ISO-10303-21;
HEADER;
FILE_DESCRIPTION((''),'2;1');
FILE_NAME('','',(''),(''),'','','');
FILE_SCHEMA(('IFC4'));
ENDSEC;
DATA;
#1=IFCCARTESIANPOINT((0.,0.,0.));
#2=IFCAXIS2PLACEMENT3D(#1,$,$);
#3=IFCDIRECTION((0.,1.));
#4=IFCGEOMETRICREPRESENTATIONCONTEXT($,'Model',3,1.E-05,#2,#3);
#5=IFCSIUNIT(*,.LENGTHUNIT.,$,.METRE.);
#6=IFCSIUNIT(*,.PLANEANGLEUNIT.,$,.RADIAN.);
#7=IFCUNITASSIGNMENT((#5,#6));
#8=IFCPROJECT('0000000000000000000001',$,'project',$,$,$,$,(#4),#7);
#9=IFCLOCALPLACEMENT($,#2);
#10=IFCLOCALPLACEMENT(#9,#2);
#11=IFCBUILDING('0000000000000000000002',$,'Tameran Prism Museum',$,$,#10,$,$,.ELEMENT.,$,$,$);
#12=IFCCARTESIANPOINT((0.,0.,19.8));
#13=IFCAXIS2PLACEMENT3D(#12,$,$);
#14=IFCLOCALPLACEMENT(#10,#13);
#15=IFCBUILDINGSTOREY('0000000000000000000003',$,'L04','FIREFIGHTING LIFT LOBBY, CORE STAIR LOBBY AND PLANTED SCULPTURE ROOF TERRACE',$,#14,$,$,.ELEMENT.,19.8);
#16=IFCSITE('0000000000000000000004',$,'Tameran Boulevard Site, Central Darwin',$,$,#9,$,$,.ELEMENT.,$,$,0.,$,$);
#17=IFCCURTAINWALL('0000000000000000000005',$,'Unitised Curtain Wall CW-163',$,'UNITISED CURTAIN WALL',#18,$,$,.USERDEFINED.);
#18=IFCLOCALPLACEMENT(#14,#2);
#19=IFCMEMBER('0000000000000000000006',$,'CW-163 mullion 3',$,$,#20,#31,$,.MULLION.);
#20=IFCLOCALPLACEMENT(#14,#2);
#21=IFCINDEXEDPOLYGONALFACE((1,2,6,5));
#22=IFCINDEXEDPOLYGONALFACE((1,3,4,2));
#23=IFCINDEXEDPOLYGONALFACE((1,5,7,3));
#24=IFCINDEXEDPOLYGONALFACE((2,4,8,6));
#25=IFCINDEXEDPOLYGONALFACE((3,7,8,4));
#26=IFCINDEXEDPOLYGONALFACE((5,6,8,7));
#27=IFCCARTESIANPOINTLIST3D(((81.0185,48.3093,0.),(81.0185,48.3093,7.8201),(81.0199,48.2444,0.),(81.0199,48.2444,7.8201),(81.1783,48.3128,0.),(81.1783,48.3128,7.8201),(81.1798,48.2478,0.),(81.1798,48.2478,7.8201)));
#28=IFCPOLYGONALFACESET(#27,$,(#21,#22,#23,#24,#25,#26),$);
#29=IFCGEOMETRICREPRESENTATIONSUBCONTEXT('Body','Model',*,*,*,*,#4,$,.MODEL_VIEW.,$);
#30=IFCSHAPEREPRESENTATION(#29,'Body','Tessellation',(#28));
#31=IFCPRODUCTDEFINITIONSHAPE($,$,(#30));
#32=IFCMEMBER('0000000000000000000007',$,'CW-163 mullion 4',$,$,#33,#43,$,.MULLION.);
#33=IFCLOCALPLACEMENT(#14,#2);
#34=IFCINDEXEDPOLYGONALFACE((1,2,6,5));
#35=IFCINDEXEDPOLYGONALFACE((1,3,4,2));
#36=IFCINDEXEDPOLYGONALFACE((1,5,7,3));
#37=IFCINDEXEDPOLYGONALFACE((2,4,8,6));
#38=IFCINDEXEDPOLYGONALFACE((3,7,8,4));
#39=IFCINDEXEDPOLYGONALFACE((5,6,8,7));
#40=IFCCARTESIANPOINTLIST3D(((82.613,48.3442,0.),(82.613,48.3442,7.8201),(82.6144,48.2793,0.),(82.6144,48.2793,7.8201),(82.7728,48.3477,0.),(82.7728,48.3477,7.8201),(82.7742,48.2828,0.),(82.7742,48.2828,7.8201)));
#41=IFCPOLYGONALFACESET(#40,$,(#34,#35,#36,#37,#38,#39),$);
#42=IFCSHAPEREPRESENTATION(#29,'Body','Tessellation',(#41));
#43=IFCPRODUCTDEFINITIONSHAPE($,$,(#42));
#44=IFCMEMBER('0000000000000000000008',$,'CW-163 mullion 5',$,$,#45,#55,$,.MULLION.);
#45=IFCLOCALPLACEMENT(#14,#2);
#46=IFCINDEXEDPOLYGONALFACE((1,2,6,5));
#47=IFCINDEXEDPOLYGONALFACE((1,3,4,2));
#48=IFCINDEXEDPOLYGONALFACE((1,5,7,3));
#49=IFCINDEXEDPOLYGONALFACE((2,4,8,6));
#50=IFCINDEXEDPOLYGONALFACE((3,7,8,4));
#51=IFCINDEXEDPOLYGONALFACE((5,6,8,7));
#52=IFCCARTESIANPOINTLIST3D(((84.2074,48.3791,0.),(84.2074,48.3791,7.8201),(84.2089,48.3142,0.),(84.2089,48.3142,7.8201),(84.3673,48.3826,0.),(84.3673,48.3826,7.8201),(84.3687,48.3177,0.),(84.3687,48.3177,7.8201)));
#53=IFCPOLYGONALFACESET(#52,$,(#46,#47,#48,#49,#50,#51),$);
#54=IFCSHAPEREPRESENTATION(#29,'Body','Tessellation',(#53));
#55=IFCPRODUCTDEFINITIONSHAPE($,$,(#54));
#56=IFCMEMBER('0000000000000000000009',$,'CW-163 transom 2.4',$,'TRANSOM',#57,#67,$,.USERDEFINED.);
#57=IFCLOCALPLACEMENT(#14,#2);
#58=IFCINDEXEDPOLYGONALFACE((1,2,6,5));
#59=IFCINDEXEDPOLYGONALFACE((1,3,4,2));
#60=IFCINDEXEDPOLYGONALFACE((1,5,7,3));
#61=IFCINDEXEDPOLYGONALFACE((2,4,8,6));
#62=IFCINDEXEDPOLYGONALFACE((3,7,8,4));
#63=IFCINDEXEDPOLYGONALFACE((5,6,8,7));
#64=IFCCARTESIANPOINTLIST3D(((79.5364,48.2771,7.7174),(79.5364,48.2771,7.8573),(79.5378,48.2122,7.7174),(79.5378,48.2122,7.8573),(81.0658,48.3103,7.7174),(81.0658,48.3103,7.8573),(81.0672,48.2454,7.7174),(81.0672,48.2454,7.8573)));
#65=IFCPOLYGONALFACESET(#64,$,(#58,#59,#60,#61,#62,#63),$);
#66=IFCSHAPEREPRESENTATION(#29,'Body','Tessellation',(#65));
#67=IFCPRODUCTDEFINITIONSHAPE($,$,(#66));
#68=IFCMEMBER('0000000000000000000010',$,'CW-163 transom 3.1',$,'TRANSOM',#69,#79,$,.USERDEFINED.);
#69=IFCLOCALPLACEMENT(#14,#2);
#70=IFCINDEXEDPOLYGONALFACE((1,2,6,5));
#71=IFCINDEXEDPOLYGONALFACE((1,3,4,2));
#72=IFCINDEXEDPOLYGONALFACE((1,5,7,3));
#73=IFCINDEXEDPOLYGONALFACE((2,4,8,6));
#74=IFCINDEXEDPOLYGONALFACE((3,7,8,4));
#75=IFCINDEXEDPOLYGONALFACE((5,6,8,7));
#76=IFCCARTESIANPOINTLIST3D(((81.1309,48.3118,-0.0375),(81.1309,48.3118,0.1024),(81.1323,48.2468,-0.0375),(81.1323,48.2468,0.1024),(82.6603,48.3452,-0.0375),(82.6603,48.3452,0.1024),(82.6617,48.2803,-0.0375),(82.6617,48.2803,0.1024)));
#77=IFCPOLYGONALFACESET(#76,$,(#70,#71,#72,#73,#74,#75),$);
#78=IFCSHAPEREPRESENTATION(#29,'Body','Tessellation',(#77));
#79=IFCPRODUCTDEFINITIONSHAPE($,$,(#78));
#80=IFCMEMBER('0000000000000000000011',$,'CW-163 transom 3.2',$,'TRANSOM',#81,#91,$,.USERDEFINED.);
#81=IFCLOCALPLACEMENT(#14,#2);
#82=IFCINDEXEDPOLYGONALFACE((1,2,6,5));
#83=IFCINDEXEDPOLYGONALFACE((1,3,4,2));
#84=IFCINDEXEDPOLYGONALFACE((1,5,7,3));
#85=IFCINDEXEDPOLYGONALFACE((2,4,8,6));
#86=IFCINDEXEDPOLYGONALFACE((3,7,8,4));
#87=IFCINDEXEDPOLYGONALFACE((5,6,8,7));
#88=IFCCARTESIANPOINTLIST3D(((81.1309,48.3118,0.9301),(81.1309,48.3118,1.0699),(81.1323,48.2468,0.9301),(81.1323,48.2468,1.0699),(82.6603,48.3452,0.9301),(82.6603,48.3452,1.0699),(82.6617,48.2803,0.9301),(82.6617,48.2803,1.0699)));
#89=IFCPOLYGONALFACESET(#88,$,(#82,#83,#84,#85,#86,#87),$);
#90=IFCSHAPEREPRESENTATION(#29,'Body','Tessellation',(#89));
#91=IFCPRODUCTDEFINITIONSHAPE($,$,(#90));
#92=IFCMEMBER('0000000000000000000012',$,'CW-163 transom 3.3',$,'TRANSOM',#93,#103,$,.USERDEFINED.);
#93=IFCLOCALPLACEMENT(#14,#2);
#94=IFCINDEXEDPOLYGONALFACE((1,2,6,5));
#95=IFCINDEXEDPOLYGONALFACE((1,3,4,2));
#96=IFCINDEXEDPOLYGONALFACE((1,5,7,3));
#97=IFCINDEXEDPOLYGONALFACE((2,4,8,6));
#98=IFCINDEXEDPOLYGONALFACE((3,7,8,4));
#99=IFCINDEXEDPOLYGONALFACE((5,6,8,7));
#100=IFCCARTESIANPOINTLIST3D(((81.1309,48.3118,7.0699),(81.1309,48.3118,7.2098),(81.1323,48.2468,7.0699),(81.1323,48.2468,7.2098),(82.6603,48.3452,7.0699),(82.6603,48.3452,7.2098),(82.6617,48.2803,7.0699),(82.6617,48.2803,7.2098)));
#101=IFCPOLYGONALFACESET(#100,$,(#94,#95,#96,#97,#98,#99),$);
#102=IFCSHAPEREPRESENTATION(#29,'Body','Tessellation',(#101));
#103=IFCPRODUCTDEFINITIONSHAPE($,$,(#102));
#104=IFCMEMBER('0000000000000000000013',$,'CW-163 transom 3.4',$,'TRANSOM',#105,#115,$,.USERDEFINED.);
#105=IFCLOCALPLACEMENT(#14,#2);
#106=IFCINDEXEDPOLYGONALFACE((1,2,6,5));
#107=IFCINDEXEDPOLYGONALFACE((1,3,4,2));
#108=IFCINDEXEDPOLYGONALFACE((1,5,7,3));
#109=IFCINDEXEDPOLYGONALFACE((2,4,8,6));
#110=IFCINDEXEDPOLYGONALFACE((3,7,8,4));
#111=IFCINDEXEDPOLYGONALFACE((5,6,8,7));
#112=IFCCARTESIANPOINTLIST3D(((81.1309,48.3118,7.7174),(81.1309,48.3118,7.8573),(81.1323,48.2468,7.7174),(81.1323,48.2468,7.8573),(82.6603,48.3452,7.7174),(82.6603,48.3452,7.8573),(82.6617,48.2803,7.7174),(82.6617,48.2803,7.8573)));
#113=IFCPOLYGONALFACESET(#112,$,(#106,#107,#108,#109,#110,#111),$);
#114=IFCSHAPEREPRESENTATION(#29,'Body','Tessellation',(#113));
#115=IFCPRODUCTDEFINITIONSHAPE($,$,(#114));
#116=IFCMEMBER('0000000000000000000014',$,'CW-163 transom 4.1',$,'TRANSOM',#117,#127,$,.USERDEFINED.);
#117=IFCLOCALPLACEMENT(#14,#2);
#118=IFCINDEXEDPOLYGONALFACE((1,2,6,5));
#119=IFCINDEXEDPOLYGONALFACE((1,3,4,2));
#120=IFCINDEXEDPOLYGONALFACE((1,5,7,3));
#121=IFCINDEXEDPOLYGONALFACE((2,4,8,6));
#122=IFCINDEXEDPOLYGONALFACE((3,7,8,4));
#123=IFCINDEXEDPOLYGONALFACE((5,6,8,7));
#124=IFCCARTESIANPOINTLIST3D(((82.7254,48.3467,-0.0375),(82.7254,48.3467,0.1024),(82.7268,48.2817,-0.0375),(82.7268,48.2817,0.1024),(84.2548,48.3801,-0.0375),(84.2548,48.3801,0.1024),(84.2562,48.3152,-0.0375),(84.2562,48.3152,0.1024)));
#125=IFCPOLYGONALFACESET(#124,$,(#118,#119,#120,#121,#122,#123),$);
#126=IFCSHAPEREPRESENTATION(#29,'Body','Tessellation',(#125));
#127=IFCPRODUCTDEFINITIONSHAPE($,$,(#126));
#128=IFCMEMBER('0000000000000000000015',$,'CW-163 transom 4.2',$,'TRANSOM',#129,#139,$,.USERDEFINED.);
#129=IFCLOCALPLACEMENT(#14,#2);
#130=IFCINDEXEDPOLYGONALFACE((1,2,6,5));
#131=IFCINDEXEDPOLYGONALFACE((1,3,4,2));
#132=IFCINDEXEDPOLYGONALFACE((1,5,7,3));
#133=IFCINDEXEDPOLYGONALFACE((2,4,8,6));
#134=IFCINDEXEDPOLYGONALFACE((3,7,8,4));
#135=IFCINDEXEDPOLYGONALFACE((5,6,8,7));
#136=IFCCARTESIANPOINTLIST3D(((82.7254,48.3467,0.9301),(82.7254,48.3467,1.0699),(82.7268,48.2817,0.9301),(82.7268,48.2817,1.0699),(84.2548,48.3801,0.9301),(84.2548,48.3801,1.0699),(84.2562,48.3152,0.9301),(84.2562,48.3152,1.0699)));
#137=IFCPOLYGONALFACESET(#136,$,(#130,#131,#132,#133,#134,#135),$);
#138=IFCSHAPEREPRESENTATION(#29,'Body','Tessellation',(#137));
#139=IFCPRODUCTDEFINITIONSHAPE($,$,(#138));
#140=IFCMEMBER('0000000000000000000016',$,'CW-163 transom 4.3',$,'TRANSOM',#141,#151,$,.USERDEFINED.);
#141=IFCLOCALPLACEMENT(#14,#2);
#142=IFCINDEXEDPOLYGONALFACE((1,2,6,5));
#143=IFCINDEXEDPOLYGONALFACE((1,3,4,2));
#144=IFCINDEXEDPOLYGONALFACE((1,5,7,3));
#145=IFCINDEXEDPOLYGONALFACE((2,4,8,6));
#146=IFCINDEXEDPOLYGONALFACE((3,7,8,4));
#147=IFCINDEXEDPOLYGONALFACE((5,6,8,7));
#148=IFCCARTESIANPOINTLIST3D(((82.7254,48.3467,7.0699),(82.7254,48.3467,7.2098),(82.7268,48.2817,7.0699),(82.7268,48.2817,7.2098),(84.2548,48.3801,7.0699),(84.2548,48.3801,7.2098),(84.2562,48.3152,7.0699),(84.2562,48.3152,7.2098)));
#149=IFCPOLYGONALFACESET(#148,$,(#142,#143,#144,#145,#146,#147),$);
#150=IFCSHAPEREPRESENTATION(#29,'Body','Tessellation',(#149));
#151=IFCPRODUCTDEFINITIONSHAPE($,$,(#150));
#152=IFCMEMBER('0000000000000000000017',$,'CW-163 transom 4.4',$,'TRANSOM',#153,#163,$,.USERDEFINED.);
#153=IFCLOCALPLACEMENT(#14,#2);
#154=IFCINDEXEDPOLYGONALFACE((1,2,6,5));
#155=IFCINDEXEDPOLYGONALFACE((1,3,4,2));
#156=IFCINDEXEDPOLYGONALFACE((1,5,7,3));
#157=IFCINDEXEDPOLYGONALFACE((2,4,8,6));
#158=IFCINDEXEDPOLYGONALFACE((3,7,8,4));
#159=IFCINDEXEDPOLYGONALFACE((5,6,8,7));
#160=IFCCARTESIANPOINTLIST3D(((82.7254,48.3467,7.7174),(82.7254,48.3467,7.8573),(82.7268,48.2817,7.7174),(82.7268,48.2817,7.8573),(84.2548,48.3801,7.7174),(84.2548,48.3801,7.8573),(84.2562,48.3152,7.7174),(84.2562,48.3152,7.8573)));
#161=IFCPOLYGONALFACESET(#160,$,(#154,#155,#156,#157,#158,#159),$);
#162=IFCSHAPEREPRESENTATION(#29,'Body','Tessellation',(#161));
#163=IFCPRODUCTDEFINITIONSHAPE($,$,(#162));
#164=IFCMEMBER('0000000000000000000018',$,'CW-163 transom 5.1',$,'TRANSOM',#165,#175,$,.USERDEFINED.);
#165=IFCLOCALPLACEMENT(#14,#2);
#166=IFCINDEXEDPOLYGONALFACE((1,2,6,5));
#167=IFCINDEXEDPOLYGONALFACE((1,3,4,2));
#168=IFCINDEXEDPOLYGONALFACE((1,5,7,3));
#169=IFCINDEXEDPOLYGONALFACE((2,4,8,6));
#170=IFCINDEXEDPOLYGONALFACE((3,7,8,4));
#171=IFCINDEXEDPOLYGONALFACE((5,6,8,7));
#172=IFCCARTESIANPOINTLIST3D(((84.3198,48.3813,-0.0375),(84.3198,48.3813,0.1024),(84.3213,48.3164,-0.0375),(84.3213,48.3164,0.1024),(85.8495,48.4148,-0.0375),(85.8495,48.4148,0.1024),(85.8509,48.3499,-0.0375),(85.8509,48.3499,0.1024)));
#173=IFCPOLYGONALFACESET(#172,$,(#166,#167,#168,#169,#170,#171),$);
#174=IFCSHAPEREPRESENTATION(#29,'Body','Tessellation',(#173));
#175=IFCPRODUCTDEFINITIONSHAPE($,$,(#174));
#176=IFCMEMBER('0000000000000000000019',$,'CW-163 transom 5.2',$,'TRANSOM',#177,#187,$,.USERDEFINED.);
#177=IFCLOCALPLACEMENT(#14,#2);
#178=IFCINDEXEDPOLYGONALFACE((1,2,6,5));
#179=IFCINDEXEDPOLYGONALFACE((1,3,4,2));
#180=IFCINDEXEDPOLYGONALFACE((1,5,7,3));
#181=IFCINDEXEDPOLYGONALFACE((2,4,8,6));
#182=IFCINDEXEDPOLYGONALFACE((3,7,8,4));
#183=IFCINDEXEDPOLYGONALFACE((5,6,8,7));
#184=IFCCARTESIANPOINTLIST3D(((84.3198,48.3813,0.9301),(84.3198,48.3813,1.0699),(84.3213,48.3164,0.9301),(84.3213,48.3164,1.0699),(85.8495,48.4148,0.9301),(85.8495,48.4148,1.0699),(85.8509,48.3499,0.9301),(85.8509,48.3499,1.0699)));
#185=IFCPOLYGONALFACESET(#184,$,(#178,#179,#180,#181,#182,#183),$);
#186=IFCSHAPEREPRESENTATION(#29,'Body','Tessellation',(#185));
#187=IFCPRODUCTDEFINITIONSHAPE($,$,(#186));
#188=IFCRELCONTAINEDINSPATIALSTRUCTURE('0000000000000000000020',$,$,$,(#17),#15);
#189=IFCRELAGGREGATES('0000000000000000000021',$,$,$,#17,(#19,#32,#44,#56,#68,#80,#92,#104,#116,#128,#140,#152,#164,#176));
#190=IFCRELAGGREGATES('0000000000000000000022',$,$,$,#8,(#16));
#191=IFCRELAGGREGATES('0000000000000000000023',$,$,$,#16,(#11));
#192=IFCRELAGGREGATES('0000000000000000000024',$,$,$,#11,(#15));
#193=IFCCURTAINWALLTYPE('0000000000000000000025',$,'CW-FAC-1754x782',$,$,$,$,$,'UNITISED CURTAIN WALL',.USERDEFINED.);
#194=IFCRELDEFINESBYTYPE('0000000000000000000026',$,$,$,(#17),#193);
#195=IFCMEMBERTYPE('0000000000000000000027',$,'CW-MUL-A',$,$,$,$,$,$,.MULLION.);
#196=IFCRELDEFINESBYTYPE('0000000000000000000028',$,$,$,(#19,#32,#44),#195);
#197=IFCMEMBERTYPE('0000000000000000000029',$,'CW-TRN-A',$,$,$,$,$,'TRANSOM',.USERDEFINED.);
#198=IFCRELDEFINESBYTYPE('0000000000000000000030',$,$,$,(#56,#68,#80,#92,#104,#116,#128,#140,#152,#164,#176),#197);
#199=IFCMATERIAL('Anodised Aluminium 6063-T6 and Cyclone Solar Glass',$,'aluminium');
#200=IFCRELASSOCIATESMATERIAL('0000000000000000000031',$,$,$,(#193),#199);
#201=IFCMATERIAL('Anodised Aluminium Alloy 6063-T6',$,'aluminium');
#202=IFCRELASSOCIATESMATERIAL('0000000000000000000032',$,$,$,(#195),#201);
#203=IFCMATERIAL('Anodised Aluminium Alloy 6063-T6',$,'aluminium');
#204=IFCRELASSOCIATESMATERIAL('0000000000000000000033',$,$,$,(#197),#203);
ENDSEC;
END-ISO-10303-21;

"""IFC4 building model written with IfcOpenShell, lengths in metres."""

from ifc_helpers import new_model, si_unit, direction, frame, origin, origin_2d, place, context, subcontext, project, spatial, rectangle, extrude, material, material_profile, profile_set, type_object, element, aggregate, save


model = new_model("IFC4")

# Units and contexts
model_context = context("Model", 3, precision=1e-05, world=origin(), true_north=direction((0.0, 1.0)))
body_context = subcontext(model_context, "Body", "Model", "MODEL_VIEW")
ifc_project = project(units=[si_unit("LENGTHUNIT", "METRE"), si_unit("PLANEANGLEUNIT", "RADIAN")], contexts=[model_context])

# Site, building, storey
site_placement = place(None, origin())
site = spatial("IfcSite", under=ifc_project, at=site_placement, Name="Tameran Boulevard Site, Central Darwin", CompositionType="ELEMENT", RefElevation=0.0)
building_placement = place(site_placement, origin())
building = spatial("IfcBuilding", under=site, at=building_placement, Name="Tameran Prism Museum", CompositionType="ELEMENT")
storey_placement = place(building_placement, frame((0.0, 0.0, 19.8)))
storey = spatial("IfcBuildingStorey", under=building, at=storey_placement, Name="L04", Description="FIREFIGHTING LIFT LOBBY, CORE STAIR LOBBY AND PLANTED SCULPTURE ROOF TERRACE", CompositionType="ELEMENT", Elevation=19.8)

# Curtain wall, members
ifc_material_1 = material(Name="Anodised Aluminium 6063-T6 and Cyclone Solar Glass", Category="aluminium")
curtain_wall_type = type_object("IfcCurtainWallType", Name="CW-FAC-1754x782", ElementType="UNITISED CURTAIN WALL", PredefinedType="USERDEFINED", material=ifc_material_1)
curtain_wall_placement = place(storey_placement, origin())
curtain_wall = element("IfcCurtainWall", 1, at=curtain_wall_placement, inside=storey, type_object=curtain_wall_type, Name="Unitised Curtain Wall CW-163", ObjectType="UNITISED CURTAIN WALL", PredefinedType="USERDEFINED")
ifc_material_2 = material(Name="Anodised Aluminium Alloy 6063-T6", Category="aluminium")
ifc_material_profile_1 = material_profile(ifc_material_2, rectangle(XDim=0.0649, YDim=0.1599, at=origin_2d()))
ifc_profile_set_1 = profile_set([ifc_material_profile_1])
member_type_1 = type_object("IfcMemberType", Name="CW-MUL-A", PredefinedType="MULLION", material=ifc_profile_set_1)
member_1_placement = place(storey_placement, frame((81.0991, 48.2786, 0.0), z_axis=(0.0, 0.0, 1.0), x_axis=(-0.021831, 0.999762, 0.0)))
member_1 = element("IfcMember", 2, at=member_1_placement, type_object=member_type_1, Name="CW-163 mullion 3", PredefinedType="MULLION", context=body_context, shape_type="SweptSolid", body=[
    extrude(rectangle(XDim=0.0649, YDim=0.1599, at=origin_2d()), origin(), (0.0, 0.0, 1.0), 7.8201),
])
member_2_placement = place(storey_placement, frame((82.6936, 48.3135, 0.0), z_axis=(0.0, 0.0, 1.0), x_axis=(-0.021831, 0.999762, 0.0)))
member_2 = element("IfcMember", 3, at=member_2_placement, type_object=member_type_1, Name="CW-163 mullion 4", PredefinedType="MULLION", context=body_context, shape_type="SweptSolid", body=[
    extrude(rectangle(XDim=0.0649, YDim=0.1599, at=origin_2d()), origin(), (0.0, 0.0, 1.0), 7.8201),
])
member_3_placement = place(storey_placement, frame((84.2881, 48.3484, 0.0), z_axis=(0.0, 0.0, 1.0), x_axis=(-0.021831, 0.999762, 0.0)))
member_3 = element("IfcMember", 4, at=member_3_placement, type_object=member_type_1, Name="CW-163 mullion 5", PredefinedType="MULLION", context=body_context, shape_type="SweptSolid", body=[
    extrude(rectangle(XDim=0.0649, YDim=0.1599, at=origin_2d()), origin(), (0.0, 0.0, 1.0), 7.8201),
])
ifc_material_3 = material(Name="Anodised Aluminium Alloy 6063-T6", Category="aluminium")
ifc_material_profile_2 = material_profile(ifc_material_3, rectangle(XDim=0.0649, YDim=0.1399, at=origin_2d()))
ifc_profile_set_2 = profile_set([ifc_material_profile_2])
member_type_2 = type_object("IfcMemberType", Name="CW-TRN-A", ElementType="TRANSOM", PredefinedType="USERDEFINED", material=ifc_profile_set_2)
member_4_placement = place(storey_placement, frame((79.5371, 48.2446, 7.7874), z_axis=(0.999764, 0.021703, 0.0), x_axis=(-0.021703, 0.999764, 0.0)))
member_4 = element("IfcMember", 5, at=member_4_placement, type_object=member_type_2, Name="CW-163 transom 2.4", ObjectType="TRANSOM", PredefinedType="USERDEFINED", context=body_context, shape_type="SweptSolid", body=[
    extrude(rectangle(XDim=0.0649, YDim=0.1399, at=origin_2d()), origin(), (0.0, 0.0, 1.0), 1.5298),
])
member_5_placement = place(storey_placement, frame((81.1316, 48.2793, 0.0325), z_axis=(0.999761, 0.021862, 0.0), x_axis=(-0.021862, 0.999761, 0.0)))
member_5 = element("IfcMember", 6, at=member_5_placement, type_object=member_type_2, Name="CW-163 transom 3.1", ObjectType="TRANSOM", PredefinedType="USERDEFINED", context=body_context, shape_type="SweptSolid", body=[
    extrude(rectangle(XDim=0.0649, YDim=0.1399, at=origin_2d()), origin(), (0.0, 0.0, 1.0), 1.5298),
])
member_6_placement = place(storey_placement, frame((81.1316, 48.2793, 1.0), z_axis=(0.999761, 0.021862, 0.0), x_axis=(-0.021862, 0.999761, 0.0)))
member_6 = element("IfcMember", 7, at=member_6_placement, type_object=member_type_2, Name="CW-163 transom 3.2", ObjectType="TRANSOM", PredefinedType="USERDEFINED", context=body_context, shape_type="SweptSolid", body=[
    extrude(rectangle(XDim=0.0649, YDim=0.1399, at=origin_2d()), origin(), (0.0, 0.0, 1.0), 1.5298),
])
member_7_placement = place(storey_placement, frame((81.1316, 48.2793, 7.1399), z_axis=(0.999761, 0.021862, 0.0), x_axis=(-0.021862, 0.999761, 0.0)))
member_7 = element("IfcMember", 8, at=member_7_placement, type_object=member_type_2, Name="CW-163 transom 3.3", ObjectType="TRANSOM", PredefinedType="USERDEFINED", context=body_context, shape_type="SweptSolid", body=[
    extrude(rectangle(XDim=0.0649, YDim=0.1399, at=origin_2d()), origin(), (0.0, 0.0, 1.0), 1.5298),
])
member_8_placement = place(storey_placement, frame((81.1316, 48.2793, 7.7874), z_axis=(0.999761, 0.021862, 0.0), x_axis=(-0.021862, 0.999761, 0.0)))
member_8 = element("IfcMember", 9, at=member_8_placement, type_object=member_type_2, Name="CW-163 transom 3.4", ObjectType="TRANSOM", PredefinedType="USERDEFINED", context=body_context, shape_type="SweptSolid", body=[
    extrude(rectangle(XDim=0.0649, YDim=0.1399, at=origin_2d()), origin(), (0.0, 0.0, 1.0), 1.5298),
])
member_9_placement = place(storey_placement, frame((82.7261, 48.3142, 0.0325), z_axis=(0.999761, 0.021862, 0.0), x_axis=(-0.021862, 0.999761, 0.0)))
member_9 = element("IfcMember", 10, at=member_9_placement, type_object=member_type_2, Name="CW-163 transom 4.1", ObjectType="TRANSOM", PredefinedType="USERDEFINED", context=body_context, shape_type="SweptSolid", body=[
    extrude(rectangle(XDim=0.0649, YDim=0.1399, at=origin_2d()), origin(), (0.0, 0.0, 1.0), 1.5298),
])
member_10_placement = place(storey_placement, frame((82.7261, 48.3142, 1.0), z_axis=(0.999761, 0.021862, 0.0), x_axis=(-0.021862, 0.999761, 0.0)))
member_10 = element("IfcMember", 11, at=member_10_placement, type_object=member_type_2, Name="CW-163 transom 4.2", ObjectType="TRANSOM", PredefinedType="USERDEFINED", context=body_context, shape_type="SweptSolid", body=[
    extrude(rectangle(XDim=0.0649, YDim=0.1399, at=origin_2d()), origin(), (0.0, 0.0, 1.0), 1.5298),
])
member_11_placement = place(storey_placement, frame((82.7261, 48.3142, 7.1399), z_axis=(0.999761, 0.021862, 0.0), x_axis=(-0.021862, 0.999761, 0.0)))
member_11 = element("IfcMember", 12, at=member_11_placement, type_object=member_type_2, Name="CW-163 transom 4.3", ObjectType="TRANSOM", PredefinedType="USERDEFINED", context=body_context, shape_type="SweptSolid", body=[
    extrude(rectangle(XDim=0.0649, YDim=0.1399, at=origin_2d()), origin(), (0.0, 0.0, 1.0), 1.5298),
])
member_12_placement = place(storey_placement, frame((82.7261, 48.3142, 7.7874), z_axis=(0.999761, 0.021862, 0.0), x_axis=(-0.021862, 0.999761, 0.0)))
member_12 = element("IfcMember", 13, at=member_12_placement, type_object=member_type_2, Name="CW-163 transom 4.4", ObjectType="TRANSOM", PredefinedType="USERDEFINED", context=body_context, shape_type="SweptSolid", body=[
    extrude(rectangle(XDim=0.0649, YDim=0.1399, at=origin_2d()), origin(), (0.0, 0.0, 1.0), 1.5298),
])
member_13_placement = place(storey_placement, frame((84.3206, 48.3489, 0.0325), z_axis=(0.999761, 0.021859, 0.0), x_axis=(-0.021859, 0.999761, 0.0)))
member_13 = element("IfcMember", 14, at=member_13_placement, type_object=member_type_2, Name="CW-163 transom 5.1", ObjectType="TRANSOM", PredefinedType="USERDEFINED", context=body_context, shape_type="SweptSolid", body=[
    extrude(rectangle(XDim=0.0649, YDim=0.1399, at=origin_2d()), origin(), (0.0, 0.0, 1.0), 1.53),
])
member_14_placement = place(storey_placement, frame((84.3206, 48.3489, 1.0), z_axis=(0.999761, 0.021859, 0.0), x_axis=(-0.021859, 0.999761, 0.0)))
member_14 = element("IfcMember", 15, at=member_14_placement, type_object=member_type_2, Name="CW-163 transom 5.2", ObjectType="TRANSOM", PredefinedType="USERDEFINED", context=body_context, shape_type="SweptSolid", body=[
    extrude(rectangle(XDim=0.0649, YDim=0.1399, at=origin_2d()), origin(), (0.0, 0.0, 1.0), 1.53),
])
aggregate(curtain_wall, [member_1, member_2, member_3, member_4, member_5, member_6, member_7, member_8, member_9, member_10, member_11, member_12, member_13, member_14])

save(model, "model.ifc")
